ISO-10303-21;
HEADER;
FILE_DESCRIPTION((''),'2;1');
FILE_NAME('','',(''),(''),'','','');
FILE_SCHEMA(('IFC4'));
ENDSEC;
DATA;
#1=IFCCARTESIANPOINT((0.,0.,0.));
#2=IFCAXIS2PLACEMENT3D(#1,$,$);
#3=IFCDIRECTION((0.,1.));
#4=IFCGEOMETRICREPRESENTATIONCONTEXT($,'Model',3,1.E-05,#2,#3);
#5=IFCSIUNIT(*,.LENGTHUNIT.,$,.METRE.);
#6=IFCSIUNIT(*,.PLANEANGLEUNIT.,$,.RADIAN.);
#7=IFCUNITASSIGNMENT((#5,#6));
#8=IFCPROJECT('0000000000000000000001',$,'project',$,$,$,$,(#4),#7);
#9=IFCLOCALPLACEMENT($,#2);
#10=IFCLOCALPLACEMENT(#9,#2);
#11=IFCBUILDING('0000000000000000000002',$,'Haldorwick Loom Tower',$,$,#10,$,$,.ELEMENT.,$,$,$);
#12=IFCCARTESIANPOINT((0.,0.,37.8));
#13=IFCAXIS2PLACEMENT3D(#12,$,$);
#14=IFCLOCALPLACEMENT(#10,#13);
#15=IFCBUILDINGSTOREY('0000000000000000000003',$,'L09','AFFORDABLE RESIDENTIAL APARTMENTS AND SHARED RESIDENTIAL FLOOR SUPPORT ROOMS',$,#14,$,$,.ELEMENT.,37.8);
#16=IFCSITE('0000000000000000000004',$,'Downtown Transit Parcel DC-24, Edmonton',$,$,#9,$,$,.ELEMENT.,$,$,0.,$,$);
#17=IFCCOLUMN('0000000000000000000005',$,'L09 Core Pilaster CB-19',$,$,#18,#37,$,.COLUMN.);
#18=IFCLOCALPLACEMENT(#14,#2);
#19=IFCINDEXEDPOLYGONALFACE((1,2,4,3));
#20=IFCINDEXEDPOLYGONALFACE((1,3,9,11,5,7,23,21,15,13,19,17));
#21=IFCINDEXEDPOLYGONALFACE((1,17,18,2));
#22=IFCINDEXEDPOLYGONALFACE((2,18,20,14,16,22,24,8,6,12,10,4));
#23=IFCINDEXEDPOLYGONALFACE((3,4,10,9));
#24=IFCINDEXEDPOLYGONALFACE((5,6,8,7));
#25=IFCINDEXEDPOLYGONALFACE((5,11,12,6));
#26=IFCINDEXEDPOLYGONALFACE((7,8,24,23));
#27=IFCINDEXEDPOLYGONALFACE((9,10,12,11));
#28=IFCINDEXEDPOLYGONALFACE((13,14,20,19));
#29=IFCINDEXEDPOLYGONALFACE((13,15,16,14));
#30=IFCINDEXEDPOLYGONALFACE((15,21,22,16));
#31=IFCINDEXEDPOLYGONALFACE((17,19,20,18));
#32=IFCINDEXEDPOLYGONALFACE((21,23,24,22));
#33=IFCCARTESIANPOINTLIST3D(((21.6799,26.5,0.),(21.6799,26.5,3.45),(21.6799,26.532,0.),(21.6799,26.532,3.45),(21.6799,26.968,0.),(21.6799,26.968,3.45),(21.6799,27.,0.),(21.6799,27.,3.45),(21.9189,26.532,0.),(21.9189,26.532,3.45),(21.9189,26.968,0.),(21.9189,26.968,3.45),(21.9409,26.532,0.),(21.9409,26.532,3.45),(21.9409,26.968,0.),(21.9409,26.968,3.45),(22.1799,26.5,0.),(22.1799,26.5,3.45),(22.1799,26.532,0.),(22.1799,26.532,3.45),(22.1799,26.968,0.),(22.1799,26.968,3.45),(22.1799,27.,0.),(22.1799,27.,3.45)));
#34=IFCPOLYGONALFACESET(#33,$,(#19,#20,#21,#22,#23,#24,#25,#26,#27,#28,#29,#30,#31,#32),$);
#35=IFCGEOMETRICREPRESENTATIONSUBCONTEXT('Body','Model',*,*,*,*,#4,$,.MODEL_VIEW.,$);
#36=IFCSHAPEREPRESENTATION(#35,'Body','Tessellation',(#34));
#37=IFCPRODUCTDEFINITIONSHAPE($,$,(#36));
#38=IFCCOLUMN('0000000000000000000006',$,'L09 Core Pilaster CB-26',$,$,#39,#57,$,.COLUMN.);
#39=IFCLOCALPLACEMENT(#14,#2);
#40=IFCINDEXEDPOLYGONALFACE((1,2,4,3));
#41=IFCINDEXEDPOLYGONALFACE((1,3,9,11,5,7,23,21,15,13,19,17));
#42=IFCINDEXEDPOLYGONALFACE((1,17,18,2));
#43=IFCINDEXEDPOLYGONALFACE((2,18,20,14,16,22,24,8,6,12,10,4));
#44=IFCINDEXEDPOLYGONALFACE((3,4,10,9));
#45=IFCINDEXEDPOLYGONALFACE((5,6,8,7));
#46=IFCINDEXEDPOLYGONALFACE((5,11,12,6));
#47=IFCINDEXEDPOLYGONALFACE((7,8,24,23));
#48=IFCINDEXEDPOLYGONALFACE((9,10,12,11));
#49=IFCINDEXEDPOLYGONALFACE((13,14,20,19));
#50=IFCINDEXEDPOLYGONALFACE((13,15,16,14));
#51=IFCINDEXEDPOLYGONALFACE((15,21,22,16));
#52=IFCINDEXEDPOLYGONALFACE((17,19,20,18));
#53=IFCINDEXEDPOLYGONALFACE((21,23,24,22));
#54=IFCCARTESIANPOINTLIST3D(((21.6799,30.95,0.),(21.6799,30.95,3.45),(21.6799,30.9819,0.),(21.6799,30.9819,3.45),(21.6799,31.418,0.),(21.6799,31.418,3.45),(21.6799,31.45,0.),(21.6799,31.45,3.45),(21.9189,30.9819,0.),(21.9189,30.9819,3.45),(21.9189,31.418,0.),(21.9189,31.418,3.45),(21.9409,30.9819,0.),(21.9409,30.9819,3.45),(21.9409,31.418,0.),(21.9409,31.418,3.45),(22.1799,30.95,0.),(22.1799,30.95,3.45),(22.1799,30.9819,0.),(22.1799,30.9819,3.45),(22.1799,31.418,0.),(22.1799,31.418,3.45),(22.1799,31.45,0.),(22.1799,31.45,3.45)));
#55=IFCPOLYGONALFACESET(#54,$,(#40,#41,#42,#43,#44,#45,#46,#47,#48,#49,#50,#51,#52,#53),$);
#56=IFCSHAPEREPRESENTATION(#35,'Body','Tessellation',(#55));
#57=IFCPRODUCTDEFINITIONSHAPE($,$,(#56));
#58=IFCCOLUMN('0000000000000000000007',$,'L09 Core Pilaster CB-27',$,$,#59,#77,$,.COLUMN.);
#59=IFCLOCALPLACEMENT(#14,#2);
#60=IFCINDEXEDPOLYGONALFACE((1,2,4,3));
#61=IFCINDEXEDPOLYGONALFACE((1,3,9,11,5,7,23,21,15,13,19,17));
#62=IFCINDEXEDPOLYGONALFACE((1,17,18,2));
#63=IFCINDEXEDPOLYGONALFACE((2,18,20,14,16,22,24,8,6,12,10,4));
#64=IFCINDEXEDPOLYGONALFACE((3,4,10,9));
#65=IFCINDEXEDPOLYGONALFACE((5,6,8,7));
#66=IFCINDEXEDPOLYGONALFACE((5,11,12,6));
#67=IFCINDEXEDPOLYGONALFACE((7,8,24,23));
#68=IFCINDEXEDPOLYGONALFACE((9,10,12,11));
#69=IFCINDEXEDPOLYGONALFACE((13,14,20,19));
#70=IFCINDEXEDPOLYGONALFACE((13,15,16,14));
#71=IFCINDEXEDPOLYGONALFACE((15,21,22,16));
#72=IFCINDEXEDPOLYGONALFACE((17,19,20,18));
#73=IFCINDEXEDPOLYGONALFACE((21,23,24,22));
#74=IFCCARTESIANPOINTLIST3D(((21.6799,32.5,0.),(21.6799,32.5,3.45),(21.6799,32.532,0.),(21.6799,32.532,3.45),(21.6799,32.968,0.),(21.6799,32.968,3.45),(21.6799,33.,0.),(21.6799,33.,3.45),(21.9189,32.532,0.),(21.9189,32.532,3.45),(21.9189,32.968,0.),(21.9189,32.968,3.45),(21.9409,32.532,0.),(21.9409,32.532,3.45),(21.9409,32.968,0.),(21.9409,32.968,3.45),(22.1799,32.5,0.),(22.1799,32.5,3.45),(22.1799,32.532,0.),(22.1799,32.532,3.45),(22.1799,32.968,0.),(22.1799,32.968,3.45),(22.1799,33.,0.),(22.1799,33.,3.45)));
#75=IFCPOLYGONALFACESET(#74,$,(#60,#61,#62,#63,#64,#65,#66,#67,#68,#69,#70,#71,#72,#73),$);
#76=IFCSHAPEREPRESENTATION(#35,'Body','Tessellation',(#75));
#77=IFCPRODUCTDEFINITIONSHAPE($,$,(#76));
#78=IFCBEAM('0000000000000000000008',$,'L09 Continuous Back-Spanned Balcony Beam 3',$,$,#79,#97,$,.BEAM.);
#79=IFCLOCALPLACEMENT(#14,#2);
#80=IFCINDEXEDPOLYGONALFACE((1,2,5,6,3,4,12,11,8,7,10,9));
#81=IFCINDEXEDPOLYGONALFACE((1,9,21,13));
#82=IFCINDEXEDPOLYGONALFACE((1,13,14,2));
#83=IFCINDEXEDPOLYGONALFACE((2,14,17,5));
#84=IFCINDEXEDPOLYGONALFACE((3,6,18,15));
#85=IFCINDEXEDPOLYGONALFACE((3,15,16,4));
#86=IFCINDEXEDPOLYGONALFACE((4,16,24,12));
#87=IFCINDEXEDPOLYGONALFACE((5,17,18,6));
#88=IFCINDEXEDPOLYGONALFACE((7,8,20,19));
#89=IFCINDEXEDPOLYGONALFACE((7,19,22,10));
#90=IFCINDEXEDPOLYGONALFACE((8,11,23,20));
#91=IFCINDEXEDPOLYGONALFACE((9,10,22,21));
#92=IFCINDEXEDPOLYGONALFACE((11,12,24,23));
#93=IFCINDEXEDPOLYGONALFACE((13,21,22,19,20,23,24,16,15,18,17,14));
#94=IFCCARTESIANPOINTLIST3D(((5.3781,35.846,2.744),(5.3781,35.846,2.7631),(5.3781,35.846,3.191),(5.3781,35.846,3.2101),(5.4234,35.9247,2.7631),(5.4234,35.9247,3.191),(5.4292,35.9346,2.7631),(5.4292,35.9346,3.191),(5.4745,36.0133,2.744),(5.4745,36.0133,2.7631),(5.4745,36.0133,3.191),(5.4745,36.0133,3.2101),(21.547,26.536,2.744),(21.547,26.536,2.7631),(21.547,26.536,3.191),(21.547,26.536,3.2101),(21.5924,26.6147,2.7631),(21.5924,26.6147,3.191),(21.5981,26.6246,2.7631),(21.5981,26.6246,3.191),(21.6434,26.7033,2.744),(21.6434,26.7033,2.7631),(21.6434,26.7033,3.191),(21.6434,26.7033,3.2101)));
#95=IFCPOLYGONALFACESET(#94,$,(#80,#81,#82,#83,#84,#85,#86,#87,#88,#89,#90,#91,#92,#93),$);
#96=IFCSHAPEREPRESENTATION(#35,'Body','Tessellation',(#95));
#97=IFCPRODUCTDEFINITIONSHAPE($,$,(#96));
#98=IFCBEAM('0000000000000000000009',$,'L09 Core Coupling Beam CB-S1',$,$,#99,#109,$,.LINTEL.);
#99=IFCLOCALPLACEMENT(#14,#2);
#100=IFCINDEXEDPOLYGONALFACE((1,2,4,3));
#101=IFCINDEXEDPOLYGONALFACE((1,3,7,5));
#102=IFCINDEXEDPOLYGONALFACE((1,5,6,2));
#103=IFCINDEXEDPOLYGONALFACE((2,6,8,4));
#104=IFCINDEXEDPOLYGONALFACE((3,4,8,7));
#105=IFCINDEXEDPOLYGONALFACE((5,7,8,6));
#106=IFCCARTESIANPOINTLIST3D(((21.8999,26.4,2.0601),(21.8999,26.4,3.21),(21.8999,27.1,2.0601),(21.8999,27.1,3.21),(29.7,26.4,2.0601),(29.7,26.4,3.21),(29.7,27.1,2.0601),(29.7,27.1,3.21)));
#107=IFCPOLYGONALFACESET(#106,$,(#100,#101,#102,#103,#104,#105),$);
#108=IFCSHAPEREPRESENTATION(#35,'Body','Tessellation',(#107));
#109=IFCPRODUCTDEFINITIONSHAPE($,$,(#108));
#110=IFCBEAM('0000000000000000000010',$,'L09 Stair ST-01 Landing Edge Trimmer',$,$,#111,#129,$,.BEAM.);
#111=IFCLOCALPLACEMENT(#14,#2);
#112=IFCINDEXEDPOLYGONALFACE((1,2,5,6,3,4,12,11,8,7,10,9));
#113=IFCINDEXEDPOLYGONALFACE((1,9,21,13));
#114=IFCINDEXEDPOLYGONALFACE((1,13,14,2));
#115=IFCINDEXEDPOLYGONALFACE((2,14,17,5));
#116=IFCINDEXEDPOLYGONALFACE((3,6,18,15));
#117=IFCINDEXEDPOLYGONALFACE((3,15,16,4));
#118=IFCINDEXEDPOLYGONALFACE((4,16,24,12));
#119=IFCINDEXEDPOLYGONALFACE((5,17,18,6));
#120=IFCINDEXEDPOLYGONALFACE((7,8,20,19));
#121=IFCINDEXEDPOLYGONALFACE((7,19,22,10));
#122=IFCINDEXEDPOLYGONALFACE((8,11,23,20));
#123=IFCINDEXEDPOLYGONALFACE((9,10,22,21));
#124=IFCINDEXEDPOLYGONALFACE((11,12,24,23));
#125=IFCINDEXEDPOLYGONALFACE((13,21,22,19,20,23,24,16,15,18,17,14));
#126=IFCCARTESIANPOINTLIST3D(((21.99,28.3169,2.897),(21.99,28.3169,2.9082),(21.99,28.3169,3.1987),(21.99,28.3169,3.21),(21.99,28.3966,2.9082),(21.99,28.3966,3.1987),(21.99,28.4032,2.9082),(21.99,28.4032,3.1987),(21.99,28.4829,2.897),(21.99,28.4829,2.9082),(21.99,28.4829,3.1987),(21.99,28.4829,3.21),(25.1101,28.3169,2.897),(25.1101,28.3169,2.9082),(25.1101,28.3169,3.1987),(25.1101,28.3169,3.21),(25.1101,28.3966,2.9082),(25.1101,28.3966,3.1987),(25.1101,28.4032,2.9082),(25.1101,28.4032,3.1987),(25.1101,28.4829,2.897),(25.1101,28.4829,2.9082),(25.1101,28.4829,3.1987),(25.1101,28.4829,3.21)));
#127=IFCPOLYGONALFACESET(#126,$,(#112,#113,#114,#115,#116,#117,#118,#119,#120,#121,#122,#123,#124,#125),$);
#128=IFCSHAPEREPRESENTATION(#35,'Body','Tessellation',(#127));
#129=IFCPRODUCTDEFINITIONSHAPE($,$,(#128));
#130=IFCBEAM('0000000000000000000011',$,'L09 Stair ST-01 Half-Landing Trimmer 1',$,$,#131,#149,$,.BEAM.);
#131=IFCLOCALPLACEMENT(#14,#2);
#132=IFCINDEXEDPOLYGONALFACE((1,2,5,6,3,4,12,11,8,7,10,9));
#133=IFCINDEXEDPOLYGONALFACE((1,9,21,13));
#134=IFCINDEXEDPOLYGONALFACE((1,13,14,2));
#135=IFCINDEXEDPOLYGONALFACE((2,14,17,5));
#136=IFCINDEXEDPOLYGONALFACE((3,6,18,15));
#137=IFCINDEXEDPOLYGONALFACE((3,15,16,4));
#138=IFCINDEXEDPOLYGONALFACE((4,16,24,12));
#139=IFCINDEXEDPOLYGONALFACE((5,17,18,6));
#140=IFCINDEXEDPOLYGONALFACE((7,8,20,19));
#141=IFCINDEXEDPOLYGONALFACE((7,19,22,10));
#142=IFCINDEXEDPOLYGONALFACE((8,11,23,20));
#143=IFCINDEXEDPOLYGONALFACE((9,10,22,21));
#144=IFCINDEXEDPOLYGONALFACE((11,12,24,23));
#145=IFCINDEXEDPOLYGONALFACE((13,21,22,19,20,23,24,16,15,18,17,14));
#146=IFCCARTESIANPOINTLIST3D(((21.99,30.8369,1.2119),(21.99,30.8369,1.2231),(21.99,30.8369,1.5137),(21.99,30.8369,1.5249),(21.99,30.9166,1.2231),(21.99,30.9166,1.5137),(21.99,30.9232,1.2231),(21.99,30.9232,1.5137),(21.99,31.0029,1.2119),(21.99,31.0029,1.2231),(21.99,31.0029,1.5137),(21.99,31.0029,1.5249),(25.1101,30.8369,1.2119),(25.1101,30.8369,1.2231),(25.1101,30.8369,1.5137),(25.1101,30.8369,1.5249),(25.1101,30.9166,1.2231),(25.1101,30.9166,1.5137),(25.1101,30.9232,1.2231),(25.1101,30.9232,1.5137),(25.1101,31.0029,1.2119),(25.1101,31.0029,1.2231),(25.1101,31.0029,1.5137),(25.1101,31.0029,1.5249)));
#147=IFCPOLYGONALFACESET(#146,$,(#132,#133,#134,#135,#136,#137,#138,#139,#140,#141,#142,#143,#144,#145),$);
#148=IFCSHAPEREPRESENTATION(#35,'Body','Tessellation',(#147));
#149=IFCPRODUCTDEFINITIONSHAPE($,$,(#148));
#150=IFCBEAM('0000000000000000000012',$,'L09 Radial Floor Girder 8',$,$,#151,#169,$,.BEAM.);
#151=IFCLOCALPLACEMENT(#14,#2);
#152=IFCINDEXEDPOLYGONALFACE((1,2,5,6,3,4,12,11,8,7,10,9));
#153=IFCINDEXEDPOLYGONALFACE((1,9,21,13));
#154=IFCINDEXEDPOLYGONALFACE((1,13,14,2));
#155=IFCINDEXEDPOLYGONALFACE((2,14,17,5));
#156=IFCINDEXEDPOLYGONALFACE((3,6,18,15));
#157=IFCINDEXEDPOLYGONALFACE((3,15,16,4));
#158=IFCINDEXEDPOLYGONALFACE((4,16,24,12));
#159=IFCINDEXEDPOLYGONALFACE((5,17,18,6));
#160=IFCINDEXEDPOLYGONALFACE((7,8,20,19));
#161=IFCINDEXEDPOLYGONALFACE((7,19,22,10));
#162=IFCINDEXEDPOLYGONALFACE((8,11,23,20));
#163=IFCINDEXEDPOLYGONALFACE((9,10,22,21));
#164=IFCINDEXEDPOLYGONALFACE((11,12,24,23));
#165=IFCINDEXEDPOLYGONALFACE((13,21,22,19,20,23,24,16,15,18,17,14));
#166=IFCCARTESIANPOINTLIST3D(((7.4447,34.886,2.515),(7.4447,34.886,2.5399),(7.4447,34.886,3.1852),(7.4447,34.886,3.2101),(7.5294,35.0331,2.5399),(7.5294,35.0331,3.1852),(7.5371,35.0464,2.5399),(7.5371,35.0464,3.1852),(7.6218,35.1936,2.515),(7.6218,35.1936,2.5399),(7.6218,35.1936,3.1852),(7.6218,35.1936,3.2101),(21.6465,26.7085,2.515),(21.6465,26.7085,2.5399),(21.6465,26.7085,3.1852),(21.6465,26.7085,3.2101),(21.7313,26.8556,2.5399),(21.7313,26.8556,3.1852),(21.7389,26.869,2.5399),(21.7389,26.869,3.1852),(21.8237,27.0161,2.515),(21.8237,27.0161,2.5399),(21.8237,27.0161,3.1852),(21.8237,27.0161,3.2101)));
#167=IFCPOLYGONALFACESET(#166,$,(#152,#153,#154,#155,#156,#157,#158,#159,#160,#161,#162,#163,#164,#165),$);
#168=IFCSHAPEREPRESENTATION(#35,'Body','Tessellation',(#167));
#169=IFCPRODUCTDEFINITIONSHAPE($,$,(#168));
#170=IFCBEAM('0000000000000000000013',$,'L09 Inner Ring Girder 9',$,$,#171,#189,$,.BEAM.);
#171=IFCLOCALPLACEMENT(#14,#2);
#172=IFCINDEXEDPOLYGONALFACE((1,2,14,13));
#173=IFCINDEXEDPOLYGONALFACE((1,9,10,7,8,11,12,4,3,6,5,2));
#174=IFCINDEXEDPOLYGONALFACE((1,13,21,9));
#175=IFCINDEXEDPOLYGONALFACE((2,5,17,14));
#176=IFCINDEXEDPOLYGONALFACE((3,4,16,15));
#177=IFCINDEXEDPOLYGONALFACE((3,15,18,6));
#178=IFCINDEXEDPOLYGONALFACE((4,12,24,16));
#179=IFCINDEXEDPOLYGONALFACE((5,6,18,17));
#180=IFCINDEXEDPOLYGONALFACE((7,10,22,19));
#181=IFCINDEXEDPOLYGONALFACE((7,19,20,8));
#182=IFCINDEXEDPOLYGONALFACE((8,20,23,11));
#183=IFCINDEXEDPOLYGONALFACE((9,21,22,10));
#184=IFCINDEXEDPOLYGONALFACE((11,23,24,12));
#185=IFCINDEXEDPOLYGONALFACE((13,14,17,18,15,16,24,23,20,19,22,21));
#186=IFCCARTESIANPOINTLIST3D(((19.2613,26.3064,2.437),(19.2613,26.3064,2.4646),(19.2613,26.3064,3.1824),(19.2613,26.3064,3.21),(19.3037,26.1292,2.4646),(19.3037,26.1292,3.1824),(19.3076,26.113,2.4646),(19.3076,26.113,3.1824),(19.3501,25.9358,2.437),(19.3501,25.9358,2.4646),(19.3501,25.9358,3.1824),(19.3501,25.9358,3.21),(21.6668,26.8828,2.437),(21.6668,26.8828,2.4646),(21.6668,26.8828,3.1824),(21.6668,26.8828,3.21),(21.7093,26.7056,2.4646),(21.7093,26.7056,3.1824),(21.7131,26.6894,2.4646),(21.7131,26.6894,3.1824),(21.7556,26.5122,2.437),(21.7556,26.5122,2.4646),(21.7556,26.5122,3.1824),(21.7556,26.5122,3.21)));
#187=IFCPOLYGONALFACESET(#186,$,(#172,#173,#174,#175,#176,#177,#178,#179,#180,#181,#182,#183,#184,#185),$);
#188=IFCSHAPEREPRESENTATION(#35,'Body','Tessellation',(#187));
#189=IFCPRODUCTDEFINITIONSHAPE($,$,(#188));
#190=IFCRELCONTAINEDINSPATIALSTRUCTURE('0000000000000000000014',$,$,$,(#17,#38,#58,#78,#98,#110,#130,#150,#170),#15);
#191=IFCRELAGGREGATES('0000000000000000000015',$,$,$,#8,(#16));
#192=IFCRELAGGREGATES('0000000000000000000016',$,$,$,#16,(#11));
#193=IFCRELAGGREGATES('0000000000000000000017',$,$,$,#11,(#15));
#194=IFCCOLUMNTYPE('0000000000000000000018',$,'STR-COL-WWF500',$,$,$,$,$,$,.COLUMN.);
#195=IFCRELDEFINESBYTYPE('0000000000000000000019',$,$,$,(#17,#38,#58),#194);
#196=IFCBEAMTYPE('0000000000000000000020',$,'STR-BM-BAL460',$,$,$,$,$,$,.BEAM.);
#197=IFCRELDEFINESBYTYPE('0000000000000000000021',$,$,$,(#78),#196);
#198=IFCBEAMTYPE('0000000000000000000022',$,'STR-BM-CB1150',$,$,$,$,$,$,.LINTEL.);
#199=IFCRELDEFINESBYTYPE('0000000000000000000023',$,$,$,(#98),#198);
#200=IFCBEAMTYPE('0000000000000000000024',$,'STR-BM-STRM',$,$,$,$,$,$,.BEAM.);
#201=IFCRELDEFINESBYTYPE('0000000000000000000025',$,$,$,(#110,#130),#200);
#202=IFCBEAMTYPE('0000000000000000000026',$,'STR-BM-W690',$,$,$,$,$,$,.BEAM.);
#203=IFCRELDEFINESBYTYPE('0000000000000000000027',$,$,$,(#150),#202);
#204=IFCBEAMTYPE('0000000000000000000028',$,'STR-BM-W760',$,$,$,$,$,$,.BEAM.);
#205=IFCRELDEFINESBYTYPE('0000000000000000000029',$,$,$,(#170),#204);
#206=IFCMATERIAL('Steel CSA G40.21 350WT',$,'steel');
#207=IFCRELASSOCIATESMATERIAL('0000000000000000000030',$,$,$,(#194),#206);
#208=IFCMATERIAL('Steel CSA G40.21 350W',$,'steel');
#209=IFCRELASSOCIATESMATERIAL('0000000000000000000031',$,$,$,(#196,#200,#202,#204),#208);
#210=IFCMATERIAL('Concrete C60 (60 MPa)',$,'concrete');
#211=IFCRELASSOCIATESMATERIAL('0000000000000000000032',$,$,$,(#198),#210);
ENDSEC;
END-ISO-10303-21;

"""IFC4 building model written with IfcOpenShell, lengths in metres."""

from ifc_helpers import new_model, si_unit, direction, frame, origin, origin_2d, place, context, subcontext, project, spatial, rectangle, i_section, extrude, material, material_profile, profile_set, type_object, element, save


model = new_model("IFC4")

# Units and contexts
model_context = context("Model", 3, precision=1e-05, world=origin(), true_north=direction((0.0, 1.0)))
body_context = subcontext(model_context, "Body", "Model", "MODEL_VIEW")
ifc_project = project(units=[si_unit("LENGTHUNIT", "METRE"), si_unit("PLANEANGLEUNIT", "RADIAN")], contexts=[model_context])

# Site, building, storey
site_placement = place(None, origin())
site = spatial("IfcSite", under=ifc_project, at=site_placement, Name="Downtown Transit Parcel DC-24, Edmonton", CompositionType="ELEMENT", RefElevation=0.0)
building_placement = place(site_placement, origin())
building = spatial("IfcBuilding", under=site, at=building_placement, Name="Haldorwick Loom Tower", CompositionType="ELEMENT")
storey_placement = place(building_placement, frame((0.0, 0.0, 37.8)))
storey = spatial("IfcBuildingStorey", under=building, at=storey_placement, Name="L09", Description="AFFORDABLE RESIDENTIAL APARTMENTS AND SHARED RESIDENTIAL FLOOR SUPPORT ROOMS", CompositionType="ELEMENT", Elevation=37.8)

# Columns
ifc_material_1 = material(Name="Steel CSA G40.21 350WT", Category="steel")
ifc_material_profile_1 = material_profile(ifc_material_1, i_section(OverallWidth=0.5, OverallDepth=0.5, WebThickness=0.022, FlangeThickness=0.032, at=origin_2d()), Name="WWF500X500", Category="steel")
ifc_profile_set_1 = profile_set([ifc_material_profile_1], Name="Steel CSA G40.21 350WT")
column_type = type_object("IfcColumnType", Name="STR-COL-WWF500", PredefinedType="COLUMN", material=ifc_profile_set_1)
for number, where, z_axis, x_axis, name in (
    (1, (21.9299, 26.75, 0.0), (0.0, 0.0, 1.0), (1.0, 0.0, 0.0), "L09 Core Pilaster CB-19"),
    (2, (21.9299, 31.2, 0.0), (0.0, 0.0, 1.0), (1.0, 0.0, 0.0), "L09 Core Pilaster CB-26"),
    (3, (21.9299, 32.75, 0.0), (0.0, 0.0, 1.0), (1.0, 0.0, 0.0), "L09 Core Pilaster CB-27"),
):
    element("IfcColumn", number, at=place(storey_placement, frame(where, z_axis=z_axis, x_axis=x_axis)), inside=storey, type_object=column_type, Name=name, PredefinedType="COLUMN", context=body_context, shape_type="SweptSolid", body=[
        extrude(i_section(OverallWidth=0.5, OverallDepth=0.5, WebThickness=0.022, FlangeThickness=0.032, at=origin_2d()), origin(), (0.0, 0.0, 1.0), 3.45),
    ])

# Beams
ifc_material_2 = material(Name="Steel CSA G40.21 350W", Category="steel")
ifc_material_profile_2 = material_profile(ifc_material_2, i_section(OverallWidth=0.1931, OverallDepth=0.4661, WebThickness=0.0115, FlangeThickness=0.019, at=origin_2d()), Name="W460X97", Category="steel")
ifc_profile_set_2 = profile_set([ifc_material_profile_2], Name="Steel CSA G40.21 350W")
beam_type_1 = type_object("IfcBeamType", Name="STR-BM-BAL460", PredefinedType="BEAM", material=ifc_profile_set_2)
beam_1_placement = place(storey_placement, frame((21.5952, 26.6196, 2.9771), z_axis=(-0.866607, 0.498991, 0.0), x_axis=(-0.498991, -0.866607, 0.0)))
element("IfcBeam", 4, at=beam_1_placement, inside=storey, type_object=beam_type_1, Name="L09 Continuous Back-Spanned Balcony Beam 3", PredefinedType="BEAM", context=body_context, shape_type="SweptSolid", body=[
    extrude(i_section(OverallWidth=0.1931, OverallDepth=0.4661, WebThickness=0.0115, FlangeThickness=0.019, at=origin_2d()), origin(), (0.0, 0.0, 1.0), 18.6577),
])
ifc_material_3 = material(Name="Concrete C60 (60 MPa)", Category="concrete")
ifc_material_profile_3 = material_profile(ifc_material_3, rectangle(XDim=0.7, YDim=1.1499, at=origin_2d()), Name="RC700X1150", Category="concrete")
ifc_profile_set_3 = profile_set([ifc_material_profile_3], Name="Concrete C60 (60 MPa)")
beam_type_2 = type_object("IfcBeamType", Name="STR-BM-CB1150", PredefinedType="LINTEL", material=ifc_profile_set_3)
beam_2_placement = place(storey_placement, frame((21.8999, 26.75, 2.635), z_axis=(1.0, 0.0, 0.0), x_axis=(0.0, 1.0, 0.0)))
element("IfcBeam", 5, at=beam_2_placement, inside=storey, type_object=beam_type_2, Name="L09 Core Coupling Beam CB-S1", PredefinedType="LINTEL", context=body_context, shape_type="SweptSolid", body=[
    extrude(rectangle(XDim=0.7, YDim=1.1499, at=origin_2d()), origin(), (0.0, 0.0, 1.0), 7.8),
])
ifc_material_profile_4 = material_profile(ifc_material_2, i_section(OverallWidth=0.166, OverallDepth=0.313, WebThickness=0.0066, FlangeThickness=0.0112, at=origin_2d()), Name="W310X45", Category="steel")
ifc_profile_set_4 = profile_set([ifc_material_profile_4], Name="Steel CSA G40.21 350W")
beam_type_3 = type_object("IfcBeamType", Name="STR-BM-STRM", PredefinedType="BEAM", material=ifc_profile_set_4)
for number, where, z_axis, x_axis, name in (
    (6, (21.99, 28.3999, 3.0535), (1.0, 0.0, 0.0), (0.0, 1.0, 0.0), "L09 Stair ST-01 Landing Edge Trimmer"),
    (7, (21.99, 30.9199, 1.3684), (1.0, 0.0, 0.0), (0.0, 1.0, 0.0), "L09 Stair ST-01 Half-Landing Trimmer 1"),
):
    element("IfcBeam", number, at=place(storey_placement, frame(where, z_axis=z_axis, x_axis=x_axis)), inside=storey, type_object=beam_type_3, Name=name, PredefinedType="BEAM", context=body_context, shape_type="SweptSolid", body=[
        extrude(i_section(OverallWidth=0.166, OverallDepth=0.313, WebThickness=0.0066, FlangeThickness=0.0112, at=origin_2d()), origin(), (0.0, 0.0, 1.0), 3.1201),
    ])
ifc_material_profile_5 = material_profile(ifc_material_2, i_section(OverallWidth=0.355, OverallDepth=0.6951, WebThickness=0.0154, FlangeThickness=0.0249, at=origin_2d()), Name="W690X217", Category="steel")
ifc_profile_set_5 = profile_set([ifc_material_profile_5], Name="Steel CSA G40.21 350W")
beam_type_4 = type_object("IfcBeamType", Name="STR-BM-W690", PredefinedType="BEAM", material=ifc_profile_set_5)
beam_3_placement = place(storey_placement, frame((21.7351, 26.8623, 2.8625), z_axis=(-0.866606, 0.498994, 0.0), x_axis=(-0.498994, -0.866606, 0.0)))
element("IfcBeam", 8, at=beam_3_placement, inside=storey, type_object=beam_type_4, Name="L09 Radial Floor Girder 8", PredefinedType="BEAM", context=body_context, shape_type="SweptSolid", body=[
    extrude(i_section(OverallWidth=0.355, OverallDepth=0.6951, WebThickness=0.0154, FlangeThickness=0.0249, at=origin_2d()), origin(), (0.0, 0.0, 1.0), 16.3879),
])
ifc_material_profile_6 = material_profile(ifc_material_2, i_section(OverallWidth=0.3811, OverallDepth=0.7729, WebThickness=0.0166, FlangeThickness=0.0276, at=origin_2d()), Name="W760X257", Category="steel")
ifc_profile_set_6 = profile_set([ifc_material_profile_6], Name="Steel CSA G40.21 350W")
beam_type_5 = type_object("IfcBeamType", Name="STR-BM-W760", PredefinedType="BEAM", material=ifc_profile_set_6)
beam_4_placement = place(storey_placement, frame((19.3057, 26.1211, 2.8235), z_axis=(0.972471, 0.233026, 0.0), x_axis=(-0.233026, 0.972471, 0.0)))
element("IfcBeam", 9, at=beam_4_placement, inside=storey, type_object=beam_type_5, Name="L09 Inner Ring Girder 9", PredefinedType="BEAM", context=body_context, shape_type="SweptSolid", body=[
    extrude(i_section(OverallWidth=0.3811, OverallDepth=0.7729, WebThickness=0.0166, FlangeThickness=0.0276, at=origin_2d()), origin(), (0.0, 0.0, 1.0), 2.4736),
])

save(model, "model.ifc")
